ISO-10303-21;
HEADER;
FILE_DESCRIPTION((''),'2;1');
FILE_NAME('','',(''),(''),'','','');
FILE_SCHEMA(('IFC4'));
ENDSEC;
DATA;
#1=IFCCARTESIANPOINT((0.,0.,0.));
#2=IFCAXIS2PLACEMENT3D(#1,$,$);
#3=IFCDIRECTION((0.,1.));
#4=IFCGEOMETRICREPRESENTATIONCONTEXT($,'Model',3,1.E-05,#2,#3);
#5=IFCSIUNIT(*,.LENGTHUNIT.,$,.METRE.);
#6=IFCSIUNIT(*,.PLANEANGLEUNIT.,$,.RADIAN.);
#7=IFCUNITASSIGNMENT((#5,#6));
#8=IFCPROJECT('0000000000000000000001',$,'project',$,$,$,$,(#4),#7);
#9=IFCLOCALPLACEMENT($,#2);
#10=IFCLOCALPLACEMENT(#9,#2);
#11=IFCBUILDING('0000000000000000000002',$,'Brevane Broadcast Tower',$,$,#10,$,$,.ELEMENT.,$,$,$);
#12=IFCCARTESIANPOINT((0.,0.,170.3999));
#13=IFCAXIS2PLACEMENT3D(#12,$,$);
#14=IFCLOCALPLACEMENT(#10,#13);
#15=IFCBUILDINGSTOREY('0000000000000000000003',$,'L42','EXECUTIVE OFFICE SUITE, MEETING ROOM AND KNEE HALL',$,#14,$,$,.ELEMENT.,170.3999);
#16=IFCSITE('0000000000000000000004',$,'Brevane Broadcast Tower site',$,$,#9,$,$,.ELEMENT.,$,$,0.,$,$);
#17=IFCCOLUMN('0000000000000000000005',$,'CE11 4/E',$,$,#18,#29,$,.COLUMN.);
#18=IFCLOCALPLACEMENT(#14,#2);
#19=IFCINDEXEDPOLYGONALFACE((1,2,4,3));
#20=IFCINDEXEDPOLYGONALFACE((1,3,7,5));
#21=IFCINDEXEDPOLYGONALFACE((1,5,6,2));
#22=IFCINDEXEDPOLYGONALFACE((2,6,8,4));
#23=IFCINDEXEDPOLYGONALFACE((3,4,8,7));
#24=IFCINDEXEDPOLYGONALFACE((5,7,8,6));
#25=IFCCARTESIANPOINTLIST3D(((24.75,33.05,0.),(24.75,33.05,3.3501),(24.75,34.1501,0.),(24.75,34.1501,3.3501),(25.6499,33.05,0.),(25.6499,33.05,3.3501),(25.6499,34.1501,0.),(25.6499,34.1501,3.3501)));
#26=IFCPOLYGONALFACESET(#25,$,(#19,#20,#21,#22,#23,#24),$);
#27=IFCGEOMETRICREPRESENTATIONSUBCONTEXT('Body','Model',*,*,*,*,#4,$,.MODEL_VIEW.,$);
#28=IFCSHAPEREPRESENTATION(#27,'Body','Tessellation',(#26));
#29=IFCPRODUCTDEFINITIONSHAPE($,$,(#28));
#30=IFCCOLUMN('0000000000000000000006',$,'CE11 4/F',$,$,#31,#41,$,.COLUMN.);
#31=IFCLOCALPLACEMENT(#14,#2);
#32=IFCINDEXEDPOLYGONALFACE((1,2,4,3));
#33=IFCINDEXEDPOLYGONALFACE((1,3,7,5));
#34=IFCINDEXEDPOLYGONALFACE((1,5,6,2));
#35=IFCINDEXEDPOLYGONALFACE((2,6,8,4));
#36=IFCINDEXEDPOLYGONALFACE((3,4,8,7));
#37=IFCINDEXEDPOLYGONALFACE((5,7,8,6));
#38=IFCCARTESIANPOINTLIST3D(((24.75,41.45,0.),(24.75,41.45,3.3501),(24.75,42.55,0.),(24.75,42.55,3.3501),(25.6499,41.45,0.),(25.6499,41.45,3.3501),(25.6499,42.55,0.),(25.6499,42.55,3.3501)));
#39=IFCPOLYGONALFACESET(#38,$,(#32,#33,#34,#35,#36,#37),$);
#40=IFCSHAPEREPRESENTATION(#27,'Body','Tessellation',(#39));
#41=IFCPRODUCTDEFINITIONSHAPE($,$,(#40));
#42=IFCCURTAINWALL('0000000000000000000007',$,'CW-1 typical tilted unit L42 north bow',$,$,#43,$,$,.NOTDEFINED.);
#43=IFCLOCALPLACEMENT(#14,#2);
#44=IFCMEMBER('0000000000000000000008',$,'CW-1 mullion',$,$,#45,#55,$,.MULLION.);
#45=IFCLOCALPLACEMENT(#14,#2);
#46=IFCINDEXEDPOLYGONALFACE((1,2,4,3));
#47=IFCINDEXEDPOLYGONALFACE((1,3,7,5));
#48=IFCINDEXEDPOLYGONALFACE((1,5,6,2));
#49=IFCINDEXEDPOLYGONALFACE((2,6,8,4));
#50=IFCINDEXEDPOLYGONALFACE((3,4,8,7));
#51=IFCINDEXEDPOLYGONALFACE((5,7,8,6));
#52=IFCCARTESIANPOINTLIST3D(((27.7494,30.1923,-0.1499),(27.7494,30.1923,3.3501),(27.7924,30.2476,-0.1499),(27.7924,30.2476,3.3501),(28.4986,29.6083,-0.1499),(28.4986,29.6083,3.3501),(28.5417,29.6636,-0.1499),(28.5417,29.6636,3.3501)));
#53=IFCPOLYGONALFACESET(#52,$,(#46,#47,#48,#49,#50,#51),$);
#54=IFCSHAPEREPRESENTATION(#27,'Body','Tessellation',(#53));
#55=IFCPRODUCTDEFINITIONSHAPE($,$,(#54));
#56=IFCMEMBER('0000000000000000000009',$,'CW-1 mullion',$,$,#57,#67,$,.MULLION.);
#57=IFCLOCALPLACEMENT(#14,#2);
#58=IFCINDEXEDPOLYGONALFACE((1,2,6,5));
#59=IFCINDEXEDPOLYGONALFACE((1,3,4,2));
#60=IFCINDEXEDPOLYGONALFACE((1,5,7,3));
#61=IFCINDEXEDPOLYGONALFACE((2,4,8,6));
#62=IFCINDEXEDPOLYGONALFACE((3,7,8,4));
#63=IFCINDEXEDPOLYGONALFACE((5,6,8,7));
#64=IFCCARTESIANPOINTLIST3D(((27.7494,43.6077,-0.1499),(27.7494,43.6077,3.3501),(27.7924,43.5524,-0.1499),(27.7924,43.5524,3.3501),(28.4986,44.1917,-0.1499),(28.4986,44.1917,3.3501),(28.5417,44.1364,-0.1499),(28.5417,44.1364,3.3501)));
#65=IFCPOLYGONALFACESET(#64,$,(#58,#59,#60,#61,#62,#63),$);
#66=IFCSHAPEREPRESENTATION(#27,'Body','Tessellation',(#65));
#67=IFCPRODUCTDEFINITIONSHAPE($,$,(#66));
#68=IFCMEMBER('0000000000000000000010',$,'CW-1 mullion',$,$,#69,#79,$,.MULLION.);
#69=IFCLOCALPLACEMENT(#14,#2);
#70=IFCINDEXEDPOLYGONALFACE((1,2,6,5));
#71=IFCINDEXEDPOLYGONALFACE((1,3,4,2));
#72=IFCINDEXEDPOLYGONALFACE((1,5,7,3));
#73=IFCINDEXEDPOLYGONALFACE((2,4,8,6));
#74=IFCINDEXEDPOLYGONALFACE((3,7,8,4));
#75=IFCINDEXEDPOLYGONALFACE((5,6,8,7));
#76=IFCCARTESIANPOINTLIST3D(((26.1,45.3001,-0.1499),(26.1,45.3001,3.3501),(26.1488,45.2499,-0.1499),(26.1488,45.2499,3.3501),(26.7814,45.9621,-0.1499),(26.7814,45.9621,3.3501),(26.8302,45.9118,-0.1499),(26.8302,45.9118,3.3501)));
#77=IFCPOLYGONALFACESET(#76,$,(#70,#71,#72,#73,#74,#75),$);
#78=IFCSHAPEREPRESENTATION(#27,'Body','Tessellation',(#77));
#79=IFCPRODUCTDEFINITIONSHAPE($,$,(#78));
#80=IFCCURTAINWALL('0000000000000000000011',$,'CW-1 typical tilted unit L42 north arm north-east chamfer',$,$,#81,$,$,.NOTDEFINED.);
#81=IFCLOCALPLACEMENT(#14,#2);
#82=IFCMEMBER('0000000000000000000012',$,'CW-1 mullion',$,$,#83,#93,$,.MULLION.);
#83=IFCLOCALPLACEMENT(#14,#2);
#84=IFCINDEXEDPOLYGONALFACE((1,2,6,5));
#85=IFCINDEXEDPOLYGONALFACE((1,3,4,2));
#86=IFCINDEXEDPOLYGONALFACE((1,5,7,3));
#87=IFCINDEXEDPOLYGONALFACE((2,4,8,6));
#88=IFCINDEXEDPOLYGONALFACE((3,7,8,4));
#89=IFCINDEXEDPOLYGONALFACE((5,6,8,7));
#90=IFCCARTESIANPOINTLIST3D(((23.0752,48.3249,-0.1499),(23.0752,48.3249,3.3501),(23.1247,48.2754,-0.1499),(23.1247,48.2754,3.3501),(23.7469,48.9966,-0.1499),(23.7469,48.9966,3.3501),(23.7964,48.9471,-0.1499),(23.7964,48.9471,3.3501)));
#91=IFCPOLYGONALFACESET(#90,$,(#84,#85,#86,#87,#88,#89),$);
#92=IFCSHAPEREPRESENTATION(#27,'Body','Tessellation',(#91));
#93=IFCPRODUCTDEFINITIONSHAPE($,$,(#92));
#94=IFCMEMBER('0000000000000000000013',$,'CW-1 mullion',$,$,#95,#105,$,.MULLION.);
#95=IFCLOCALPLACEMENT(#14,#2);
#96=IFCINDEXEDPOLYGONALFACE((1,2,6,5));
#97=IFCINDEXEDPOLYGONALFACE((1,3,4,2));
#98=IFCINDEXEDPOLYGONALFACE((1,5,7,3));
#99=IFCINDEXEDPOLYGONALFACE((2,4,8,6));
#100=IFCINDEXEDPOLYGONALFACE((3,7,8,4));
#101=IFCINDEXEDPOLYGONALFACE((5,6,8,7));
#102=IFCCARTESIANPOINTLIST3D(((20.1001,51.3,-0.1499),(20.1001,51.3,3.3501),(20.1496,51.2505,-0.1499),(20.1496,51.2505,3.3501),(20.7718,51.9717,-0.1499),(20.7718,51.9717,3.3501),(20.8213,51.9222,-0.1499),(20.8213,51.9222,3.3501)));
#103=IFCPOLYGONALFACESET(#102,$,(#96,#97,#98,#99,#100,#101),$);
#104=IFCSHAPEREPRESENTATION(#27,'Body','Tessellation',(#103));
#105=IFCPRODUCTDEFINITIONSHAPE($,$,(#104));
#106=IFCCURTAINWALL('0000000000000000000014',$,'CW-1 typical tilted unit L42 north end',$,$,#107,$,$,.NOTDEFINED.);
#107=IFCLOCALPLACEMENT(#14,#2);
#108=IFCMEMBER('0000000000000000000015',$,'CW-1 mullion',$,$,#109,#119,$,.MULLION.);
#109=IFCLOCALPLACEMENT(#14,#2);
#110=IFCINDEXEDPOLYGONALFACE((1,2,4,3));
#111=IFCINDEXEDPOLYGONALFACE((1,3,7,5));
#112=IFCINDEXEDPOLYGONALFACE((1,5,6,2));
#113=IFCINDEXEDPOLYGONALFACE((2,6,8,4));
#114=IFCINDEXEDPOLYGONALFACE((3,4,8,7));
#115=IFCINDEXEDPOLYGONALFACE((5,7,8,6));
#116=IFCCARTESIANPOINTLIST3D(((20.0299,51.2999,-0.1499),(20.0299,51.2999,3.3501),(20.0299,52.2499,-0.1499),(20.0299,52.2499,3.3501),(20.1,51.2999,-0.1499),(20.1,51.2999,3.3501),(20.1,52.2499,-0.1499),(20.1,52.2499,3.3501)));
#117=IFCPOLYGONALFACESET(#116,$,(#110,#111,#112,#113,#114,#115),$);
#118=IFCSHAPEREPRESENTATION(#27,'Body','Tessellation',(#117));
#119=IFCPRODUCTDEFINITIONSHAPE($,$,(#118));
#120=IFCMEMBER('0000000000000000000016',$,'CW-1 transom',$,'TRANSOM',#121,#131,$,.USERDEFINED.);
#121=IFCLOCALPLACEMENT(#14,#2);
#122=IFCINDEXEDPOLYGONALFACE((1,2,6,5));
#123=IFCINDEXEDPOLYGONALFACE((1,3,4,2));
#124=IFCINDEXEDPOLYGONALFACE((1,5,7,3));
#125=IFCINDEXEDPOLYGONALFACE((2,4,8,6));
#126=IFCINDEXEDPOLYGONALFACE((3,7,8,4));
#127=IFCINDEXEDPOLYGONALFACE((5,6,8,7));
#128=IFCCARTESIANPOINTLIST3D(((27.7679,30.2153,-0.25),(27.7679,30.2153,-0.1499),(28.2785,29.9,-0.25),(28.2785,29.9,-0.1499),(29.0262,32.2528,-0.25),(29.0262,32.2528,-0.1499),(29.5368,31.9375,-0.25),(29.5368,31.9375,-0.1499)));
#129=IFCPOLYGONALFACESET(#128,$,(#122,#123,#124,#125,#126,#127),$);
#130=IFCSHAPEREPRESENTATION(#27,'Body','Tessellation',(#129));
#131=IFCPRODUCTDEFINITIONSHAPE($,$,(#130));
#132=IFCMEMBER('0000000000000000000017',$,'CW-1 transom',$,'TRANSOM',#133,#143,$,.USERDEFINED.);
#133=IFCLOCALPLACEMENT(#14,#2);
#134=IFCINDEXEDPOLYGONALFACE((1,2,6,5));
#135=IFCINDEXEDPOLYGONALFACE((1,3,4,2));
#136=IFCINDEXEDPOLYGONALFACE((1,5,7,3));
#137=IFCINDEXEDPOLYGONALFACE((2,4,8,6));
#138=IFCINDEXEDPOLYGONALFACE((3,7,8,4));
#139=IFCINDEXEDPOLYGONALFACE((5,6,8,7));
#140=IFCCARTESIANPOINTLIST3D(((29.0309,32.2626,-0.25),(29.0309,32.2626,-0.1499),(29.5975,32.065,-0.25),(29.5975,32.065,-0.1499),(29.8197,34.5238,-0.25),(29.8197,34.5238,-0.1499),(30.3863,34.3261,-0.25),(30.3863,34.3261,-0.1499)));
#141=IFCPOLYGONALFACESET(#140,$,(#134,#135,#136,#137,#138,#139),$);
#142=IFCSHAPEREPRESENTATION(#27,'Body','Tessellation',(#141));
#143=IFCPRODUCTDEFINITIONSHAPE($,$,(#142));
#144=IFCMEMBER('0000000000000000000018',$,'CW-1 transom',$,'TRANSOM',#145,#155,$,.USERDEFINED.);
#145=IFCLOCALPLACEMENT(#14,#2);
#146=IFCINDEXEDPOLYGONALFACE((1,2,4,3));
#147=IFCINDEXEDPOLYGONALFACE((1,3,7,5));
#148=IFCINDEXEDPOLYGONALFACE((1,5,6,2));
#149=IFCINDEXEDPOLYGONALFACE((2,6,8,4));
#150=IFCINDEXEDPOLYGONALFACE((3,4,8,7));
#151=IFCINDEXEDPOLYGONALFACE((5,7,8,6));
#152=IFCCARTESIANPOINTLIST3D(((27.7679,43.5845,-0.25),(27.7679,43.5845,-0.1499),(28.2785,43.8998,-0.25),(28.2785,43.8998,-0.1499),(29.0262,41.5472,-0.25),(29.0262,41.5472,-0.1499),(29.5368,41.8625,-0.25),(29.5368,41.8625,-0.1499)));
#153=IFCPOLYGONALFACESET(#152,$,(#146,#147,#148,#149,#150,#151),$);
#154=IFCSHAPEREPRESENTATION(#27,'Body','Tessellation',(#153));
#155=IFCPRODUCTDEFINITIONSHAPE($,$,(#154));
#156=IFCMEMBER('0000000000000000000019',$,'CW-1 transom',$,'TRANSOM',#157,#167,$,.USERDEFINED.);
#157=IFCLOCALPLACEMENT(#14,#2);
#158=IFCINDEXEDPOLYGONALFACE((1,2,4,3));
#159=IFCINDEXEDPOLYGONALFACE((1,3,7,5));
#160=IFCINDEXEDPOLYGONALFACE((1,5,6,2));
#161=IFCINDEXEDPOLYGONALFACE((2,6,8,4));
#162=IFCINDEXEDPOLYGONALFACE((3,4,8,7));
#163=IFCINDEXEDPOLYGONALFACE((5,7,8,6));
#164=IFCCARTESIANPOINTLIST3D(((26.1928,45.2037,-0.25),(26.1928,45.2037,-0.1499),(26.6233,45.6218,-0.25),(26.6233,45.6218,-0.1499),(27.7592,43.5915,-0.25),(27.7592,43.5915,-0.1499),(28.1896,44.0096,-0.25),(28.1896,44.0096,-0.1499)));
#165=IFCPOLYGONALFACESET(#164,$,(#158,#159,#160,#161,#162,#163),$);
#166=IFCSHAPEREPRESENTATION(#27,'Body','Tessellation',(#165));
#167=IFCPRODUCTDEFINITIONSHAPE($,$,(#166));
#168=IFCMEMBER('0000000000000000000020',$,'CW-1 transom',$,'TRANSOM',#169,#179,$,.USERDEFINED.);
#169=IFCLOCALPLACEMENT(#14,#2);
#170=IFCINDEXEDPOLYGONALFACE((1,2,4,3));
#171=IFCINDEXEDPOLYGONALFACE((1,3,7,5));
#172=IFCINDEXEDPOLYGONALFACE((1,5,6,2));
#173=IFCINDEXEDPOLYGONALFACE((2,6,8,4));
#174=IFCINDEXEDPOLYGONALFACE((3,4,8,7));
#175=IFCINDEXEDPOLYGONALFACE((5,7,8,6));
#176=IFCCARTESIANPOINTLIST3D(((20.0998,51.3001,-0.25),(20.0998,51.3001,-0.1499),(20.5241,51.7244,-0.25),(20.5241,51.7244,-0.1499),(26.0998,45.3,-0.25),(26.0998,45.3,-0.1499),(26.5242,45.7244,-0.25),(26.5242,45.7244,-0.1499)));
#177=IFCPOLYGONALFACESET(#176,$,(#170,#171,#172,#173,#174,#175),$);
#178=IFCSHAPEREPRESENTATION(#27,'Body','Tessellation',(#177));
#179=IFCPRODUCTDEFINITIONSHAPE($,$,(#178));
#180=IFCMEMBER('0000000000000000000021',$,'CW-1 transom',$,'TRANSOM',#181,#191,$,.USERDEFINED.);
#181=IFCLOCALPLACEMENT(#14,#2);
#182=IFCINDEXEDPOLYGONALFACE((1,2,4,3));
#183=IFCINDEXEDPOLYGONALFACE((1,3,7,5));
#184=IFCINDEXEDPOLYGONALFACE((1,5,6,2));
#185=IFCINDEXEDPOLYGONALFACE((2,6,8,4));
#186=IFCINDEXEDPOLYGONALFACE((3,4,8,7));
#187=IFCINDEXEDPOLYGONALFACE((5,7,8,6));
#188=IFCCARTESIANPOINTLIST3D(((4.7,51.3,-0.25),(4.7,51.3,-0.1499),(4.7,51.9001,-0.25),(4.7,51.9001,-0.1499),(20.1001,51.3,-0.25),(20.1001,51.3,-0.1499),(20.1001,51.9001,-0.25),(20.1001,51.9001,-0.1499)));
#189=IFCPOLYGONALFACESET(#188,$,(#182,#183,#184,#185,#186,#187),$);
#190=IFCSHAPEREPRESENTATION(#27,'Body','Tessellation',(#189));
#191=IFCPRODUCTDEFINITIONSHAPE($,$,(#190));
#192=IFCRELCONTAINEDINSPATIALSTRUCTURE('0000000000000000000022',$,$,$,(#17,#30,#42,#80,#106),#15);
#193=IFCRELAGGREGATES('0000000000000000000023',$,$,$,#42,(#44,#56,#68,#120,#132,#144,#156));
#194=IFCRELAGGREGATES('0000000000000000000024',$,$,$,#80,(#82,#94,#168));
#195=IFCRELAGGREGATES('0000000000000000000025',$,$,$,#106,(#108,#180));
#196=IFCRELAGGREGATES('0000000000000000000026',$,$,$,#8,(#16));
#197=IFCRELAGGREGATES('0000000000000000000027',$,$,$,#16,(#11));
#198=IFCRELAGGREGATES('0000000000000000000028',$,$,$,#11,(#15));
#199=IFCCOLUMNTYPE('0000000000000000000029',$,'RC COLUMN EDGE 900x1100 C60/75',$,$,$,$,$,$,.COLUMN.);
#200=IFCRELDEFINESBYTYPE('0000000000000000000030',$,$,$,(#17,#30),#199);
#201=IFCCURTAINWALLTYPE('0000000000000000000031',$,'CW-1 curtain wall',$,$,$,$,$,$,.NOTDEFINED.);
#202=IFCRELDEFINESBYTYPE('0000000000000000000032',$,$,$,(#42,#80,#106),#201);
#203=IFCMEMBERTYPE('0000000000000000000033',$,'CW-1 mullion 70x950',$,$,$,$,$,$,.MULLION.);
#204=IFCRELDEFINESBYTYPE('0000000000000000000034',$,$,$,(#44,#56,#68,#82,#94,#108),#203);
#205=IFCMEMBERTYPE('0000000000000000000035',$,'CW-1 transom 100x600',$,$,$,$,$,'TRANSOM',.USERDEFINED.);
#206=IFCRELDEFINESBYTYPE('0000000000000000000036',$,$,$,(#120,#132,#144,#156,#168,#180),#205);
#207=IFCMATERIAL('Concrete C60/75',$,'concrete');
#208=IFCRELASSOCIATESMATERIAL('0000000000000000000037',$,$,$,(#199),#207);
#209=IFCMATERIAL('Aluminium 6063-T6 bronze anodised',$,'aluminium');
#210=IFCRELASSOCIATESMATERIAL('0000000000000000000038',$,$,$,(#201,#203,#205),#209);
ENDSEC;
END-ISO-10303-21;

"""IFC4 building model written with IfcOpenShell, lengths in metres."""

from ifc_helpers import new_model, si_unit, direction, frame, origin, origin_2d, place, context, subcontext, project, spatial, rectangle, extrude, material, material_profile, profile_set, type_object, element, aggregate, save


model = new_model("IFC4")

# Units and contexts
model_context = context("Model", 3, precision=1e-05, world=origin(), true_north=direction((0.0, 1.0)))
body_context = subcontext(model_context, "Body", "Model", "MODEL_VIEW")
ifc_project = project(units=[si_unit("LENGTHUNIT", "METRE"), si_unit("PLANEANGLEUNIT", "RADIAN")], contexts=[model_context])

# Site, building, storey
site_placement = place(None, origin())
site = spatial("IfcSite", under=ifc_project, at=site_placement, Name="Brevane Broadcast Tower site", CompositionType="ELEMENT", RefElevation=0.0)
building_placement = place(site_placement, origin())
building = spatial("IfcBuilding", under=site, at=building_placement, Name="Brevane Broadcast Tower", CompositionType="ELEMENT")
storey_placement = place(building_placement, frame((0.0, 0.0, 170.3999)))
storey = spatial("IfcBuildingStorey", under=building, at=storey_placement, Name="L42", Description="EXECUTIVE OFFICE SUITE, MEETING ROOM AND KNEE HALL", CompositionType="ELEMENT", Elevation=170.3999)

# Columns
ifc_material_1 = material(Name="Concrete C60/75", Category="concrete")
ifc_material_profile_1 = material_profile(ifc_material_1, rectangle(XDim=0.8999, YDim=1.1001, at=origin_2d()), Name="RC 900x1100")
ifc_profile_set_1 = profile_set([ifc_material_profile_1], Name="Concrete C60/75")
column_type = type_object("IfcColumnType", Name="RC COLUMN EDGE 900x1100 C60/75", PredefinedType="COLUMN", material=ifc_profile_set_1)
for number, where, z_axis, x_axis, name in (
    (1, (25.2, 33.6001, 0.0), (0.0, 0.0, 1.0), (1.0, 0.0, 0.0), "CE11 4/E"),
    (2, (25.2, 42.0, 0.0), (0.0, 0.0, 1.0), (1.0, 0.0, 0.0), "CE11 4/F"),
):
    element("IfcColumn", number, at=place(storey_placement, frame(where, z_axis=z_axis, x_axis=x_axis)), inside=storey, type_object=column_type, Name=name, PredefinedType="COLUMN", context=body_context, shape_type="SweptSolid", body=[
        extrude(rectangle(XDim=0.8999, YDim=1.1001, at=origin_2d()), origin(), (0.0, 0.0, 1.0), 3.3501),
    ])

# Curtain walls, members
ifc_material_2 = material(Name="Aluminium 6063-T6 bronze anodised", Category="aluminium")
curtain_wall_type = type_object("IfcCurtainWallType", Name="CW-1 curtain wall", PredefinedType="NOTDEFINED", material=ifc_material_2)
curtain_wall_1_placement = place(storey_placement, origin())
curtain_wall_1 = element("IfcCurtainWall", 3, at=curtain_wall_1_placement, inside=storey, type_object=curtain_wall_type, Name="CW-1 typical tilted unit L42 north bow", PredefinedType="NOTDEFINED")
ifc_material_profile_2 = material_profile(ifc_material_2, rectangle(XDim=0.95, YDim=0.0701, at=origin_2d()), Name="RECT 70x950")
ifc_profile_set_2 = profile_set([ifc_material_profile_2], Name="Aluminium 6063-T6 bronze anodised")
member_type_1 = type_object("IfcMemberType", Name="CW-1 mullion 70x950", PredefinedType="MULLION", material=ifc_profile_set_2)
member_1_placement = place(storey_placement, frame((28.1455, 29.928, -0.1499), z_axis=(0.0, 0.0, 1.0), x_axis=(-0.788707, 0.61477, 0.0)))
member_1 = element("IfcMember", 4, at=member_1_placement, type_object=member_type_1, Name="CW-1 mullion", PredefinedType="MULLION", context=body_context, shape_type="SweptSolid", body=[
    extrude(rectangle(XDim=0.95, YDim=0.0701, at=origin_2d()), origin(), (0.0, 0.0, 1.0), 3.5),
])
member_2_placement = place(storey_placement, frame((28.1455, 43.8721, -0.1499), z_axis=(0.0, 0.0, 1.0), x_axis=(-0.788707, -0.61477, 0.0)))
member_2 = element("IfcMember", 5, at=member_2_placement, type_object=member_type_1, Name="CW-1 mullion", PredefinedType="MULLION", context=body_context, shape_type="SweptSolid", body=[
    extrude(rectangle(XDim=0.95, YDim=0.0701, at=origin_2d()), origin(), (0.0, 0.0, 1.0), 3.5),
])
member_3_placement = place(storey_placement, frame((26.4651, 45.606, -0.1499), z_axis=(0.0, 0.0, 1.0), x_axis=(-0.717254, -0.696812, 0.0)))
member_3 = element("IfcMember", 6, at=member_3_placement, type_object=member_type_1, Name="CW-1 mullion", PredefinedType="MULLION", context=body_context, shape_type="SweptSolid", body=[
    extrude(rectangle(XDim=0.95, YDim=0.0701, at=origin_2d()), origin(), (0.0, 0.0, 1.0), 3.5),
])
curtain_wall_2_placement = place(storey_placement, origin())
curtain_wall_2 = element("IfcCurtainWall", 7, at=curtain_wall_2_placement, inside=storey, type_object=curtain_wall_type, Name="CW-1 typical tilted unit L42 north arm north-east chamfer", PredefinedType="NOTDEFINED")
member_4_placement = place(storey_placement, frame((23.4358, 48.636, -0.1499), z_axis=(0.0, 0.0, 1.0), x_axis=(-0.707107, -0.707107, 0.0)))
member_4 = element("IfcMember", 8, at=member_4_placement, type_object=member_type_1, Name="CW-1 mullion", PredefinedType="MULLION", context=body_context, shape_type="SweptSolid", body=[
    extrude(rectangle(XDim=0.95, YDim=0.0701, at=origin_2d()), origin(), (0.0, 0.0, 1.0), 3.5),
])
member_5_placement = place(storey_placement, frame((20.4607, 51.6111, -0.1499), z_axis=(0.0, 0.0, 1.0), x_axis=(-0.707107, -0.707107, 0.0)))
member_5 = element("IfcMember", 9, at=member_5_placement, type_object=member_type_1, Name="CW-1 mullion", PredefinedType="MULLION", context=body_context, shape_type="SweptSolid", body=[
    extrude(rectangle(XDim=0.95, YDim=0.0701, at=origin_2d()), origin(), (0.0, 0.0, 1.0), 3.5),
])

# Curtain wall, member
curtain_wall_3_placement = place(storey_placement, origin())
curtain_wall_3 = element("IfcCurtainWall", 10, at=curtain_wall_3_placement, inside=storey, type_object=curtain_wall_type, Name="CW-1 typical tilted unit L42 north end", PredefinedType="NOTDEFINED")
member_6_placement = place(storey_placement, frame((20.0649, 51.7749, -0.1499), z_axis=(0.0, 0.0, 1.0), x_axis=(0.0, -1.0, 0.0)))
member_6 = element("IfcMember", 11, at=member_6_placement, type_object=member_type_1, Name="CW-1 mullion", PredefinedType="MULLION", context=body_context, shape_type="SweptSolid", body=[
    extrude(rectangle(XDim=0.95, YDim=0.0701, at=origin_2d()), origin(), (0.0, 0.0, 1.0), 3.5),
])

# Members
ifc_material_profile_3 = material_profile(ifc_material_2, rectangle(XDim=0.6001, YDim=0.1001, at=origin_2d()), Name="RECT 100x600")
ifc_profile_set_3 = profile_set([ifc_material_profile_3], Name="Aluminium 6063-T6 bronze anodised")
member_type_2 = type_object("IfcMemberType", Name="CW-1 transom 100x600", ElementType="TRANSOM", PredefinedType="USERDEFINED", material=ifc_profile_set_3)
member_7_placement = place(storey_placement, frame((28.0232, 30.0576, -0.2), z_axis=(0.525428, 0.850838, 0.0), x_axis=(-0.850838, 0.525428, 0.0)))
member_7 = element("IfcMember", 12, at=member_7_placement, type_object=member_type_2, Name="CW-1 transom", ObjectType="TRANSOM", PredefinedType="USERDEFINED", context=body_context, shape_type="SweptSolid", body=[
    extrude(rectangle(XDim=0.6001, YDim=0.1001, at=origin_2d()), origin(), (0.0, 0.0, 1.0), 2.3948),
])
member_8_placement = place(storey_placement, frame((29.3142, 32.1638, -0.2), z_axis=(0.329378, 0.944198, 0.0), x_axis=(-0.944198, 0.329378, 0.0)))
member_8 = element("IfcMember", 13, at=member_8_placement, type_object=member_type_2, Name="CW-1 transom", ObjectType="TRANSOM", PredefinedType="USERDEFINED", context=body_context, shape_type="SweptSolid", body=[
    extrude(rectangle(XDim=0.6001, YDim=0.1001, at=origin_2d()), origin(), (0.0, 0.0, 1.0), 2.3948),
])
member_9_placement = place(storey_placement, frame((29.2815, 41.7048, -0.2), z_axis=(-0.525473, 0.85081, 0.0), x_axis=(-0.85081, -0.525473, 0.0)))
member_9 = element("IfcMember", 14, at=member_9_placement, type_object=member_type_2, Name="CW-1 transom", ObjectType="TRANSOM", PredefinedType="USERDEFINED", context=body_context, shape_type="SweptSolid", body=[
    extrude(rectangle(XDim=0.6001, YDim=0.1001, at=origin_2d()), origin(), (0.0, 0.0, 1.0), 2.3945),
])
member_10_placement = place(storey_placement, frame((27.9744, 43.8005, -0.2), z_axis=(-0.696824, 0.717242, 0.0), x_axis=(-0.717242, -0.696824, 0.0)))
member_10 = element("IfcMember", 15, at=member_10_placement, type_object=member_type_2, Name="CW-1 transom", ObjectType="TRANSOM", PredefinedType="USERDEFINED", context=body_context, shape_type="SweptSolid", body=[
    extrude(rectangle(XDim=0.6001, YDim=0.1001, at=origin_2d()), origin(), (0.0, 0.0, 1.0), 2.2478),
])
aggregate(curtain_wall_1, [member_1, member_2, member_3, member_7, member_8, member_9, member_10])
member_11_placement = place(storey_placement, frame((26.312, 45.5122, -0.2), z_axis=(-0.707107, 0.707107, 0.0), x_axis=(-0.707107, -0.707107, 0.0)))
member_11 = element("IfcMember", 16, at=member_11_placement, type_object=member_type_2, Name="CW-1 transom", ObjectType="TRANSOM", PredefinedType="USERDEFINED", context=body_context, shape_type="SweptSolid", body=[
    extrude(rectangle(XDim=0.6001, YDim=0.1001, at=origin_2d()), origin(), (0.0, 0.0, 1.0), 8.4854),
])
aggregate(curtain_wall_2, [member_4, member_5, member_11])
member_12_placement = place(storey_placement, frame((20.1001, 51.6001, -0.2), z_axis=(-1.0, 0.0, 0.0), x_axis=(0.0, -1.0, 0.0)))
member_12 = element("IfcMember", 17, at=member_12_placement, type_object=member_type_2, Name="CW-1 transom", ObjectType="TRANSOM", PredefinedType="USERDEFINED", context=body_context, shape_type="SweptSolid", body=[
    extrude(rectangle(XDim=0.6001, YDim=0.1001, at=origin_2d()), origin(), (0.0, 0.0, 1.0), 15.4001),
])
aggregate(curtain_wall_3, [member_6, member_12])

save(model, "model.ifc")
